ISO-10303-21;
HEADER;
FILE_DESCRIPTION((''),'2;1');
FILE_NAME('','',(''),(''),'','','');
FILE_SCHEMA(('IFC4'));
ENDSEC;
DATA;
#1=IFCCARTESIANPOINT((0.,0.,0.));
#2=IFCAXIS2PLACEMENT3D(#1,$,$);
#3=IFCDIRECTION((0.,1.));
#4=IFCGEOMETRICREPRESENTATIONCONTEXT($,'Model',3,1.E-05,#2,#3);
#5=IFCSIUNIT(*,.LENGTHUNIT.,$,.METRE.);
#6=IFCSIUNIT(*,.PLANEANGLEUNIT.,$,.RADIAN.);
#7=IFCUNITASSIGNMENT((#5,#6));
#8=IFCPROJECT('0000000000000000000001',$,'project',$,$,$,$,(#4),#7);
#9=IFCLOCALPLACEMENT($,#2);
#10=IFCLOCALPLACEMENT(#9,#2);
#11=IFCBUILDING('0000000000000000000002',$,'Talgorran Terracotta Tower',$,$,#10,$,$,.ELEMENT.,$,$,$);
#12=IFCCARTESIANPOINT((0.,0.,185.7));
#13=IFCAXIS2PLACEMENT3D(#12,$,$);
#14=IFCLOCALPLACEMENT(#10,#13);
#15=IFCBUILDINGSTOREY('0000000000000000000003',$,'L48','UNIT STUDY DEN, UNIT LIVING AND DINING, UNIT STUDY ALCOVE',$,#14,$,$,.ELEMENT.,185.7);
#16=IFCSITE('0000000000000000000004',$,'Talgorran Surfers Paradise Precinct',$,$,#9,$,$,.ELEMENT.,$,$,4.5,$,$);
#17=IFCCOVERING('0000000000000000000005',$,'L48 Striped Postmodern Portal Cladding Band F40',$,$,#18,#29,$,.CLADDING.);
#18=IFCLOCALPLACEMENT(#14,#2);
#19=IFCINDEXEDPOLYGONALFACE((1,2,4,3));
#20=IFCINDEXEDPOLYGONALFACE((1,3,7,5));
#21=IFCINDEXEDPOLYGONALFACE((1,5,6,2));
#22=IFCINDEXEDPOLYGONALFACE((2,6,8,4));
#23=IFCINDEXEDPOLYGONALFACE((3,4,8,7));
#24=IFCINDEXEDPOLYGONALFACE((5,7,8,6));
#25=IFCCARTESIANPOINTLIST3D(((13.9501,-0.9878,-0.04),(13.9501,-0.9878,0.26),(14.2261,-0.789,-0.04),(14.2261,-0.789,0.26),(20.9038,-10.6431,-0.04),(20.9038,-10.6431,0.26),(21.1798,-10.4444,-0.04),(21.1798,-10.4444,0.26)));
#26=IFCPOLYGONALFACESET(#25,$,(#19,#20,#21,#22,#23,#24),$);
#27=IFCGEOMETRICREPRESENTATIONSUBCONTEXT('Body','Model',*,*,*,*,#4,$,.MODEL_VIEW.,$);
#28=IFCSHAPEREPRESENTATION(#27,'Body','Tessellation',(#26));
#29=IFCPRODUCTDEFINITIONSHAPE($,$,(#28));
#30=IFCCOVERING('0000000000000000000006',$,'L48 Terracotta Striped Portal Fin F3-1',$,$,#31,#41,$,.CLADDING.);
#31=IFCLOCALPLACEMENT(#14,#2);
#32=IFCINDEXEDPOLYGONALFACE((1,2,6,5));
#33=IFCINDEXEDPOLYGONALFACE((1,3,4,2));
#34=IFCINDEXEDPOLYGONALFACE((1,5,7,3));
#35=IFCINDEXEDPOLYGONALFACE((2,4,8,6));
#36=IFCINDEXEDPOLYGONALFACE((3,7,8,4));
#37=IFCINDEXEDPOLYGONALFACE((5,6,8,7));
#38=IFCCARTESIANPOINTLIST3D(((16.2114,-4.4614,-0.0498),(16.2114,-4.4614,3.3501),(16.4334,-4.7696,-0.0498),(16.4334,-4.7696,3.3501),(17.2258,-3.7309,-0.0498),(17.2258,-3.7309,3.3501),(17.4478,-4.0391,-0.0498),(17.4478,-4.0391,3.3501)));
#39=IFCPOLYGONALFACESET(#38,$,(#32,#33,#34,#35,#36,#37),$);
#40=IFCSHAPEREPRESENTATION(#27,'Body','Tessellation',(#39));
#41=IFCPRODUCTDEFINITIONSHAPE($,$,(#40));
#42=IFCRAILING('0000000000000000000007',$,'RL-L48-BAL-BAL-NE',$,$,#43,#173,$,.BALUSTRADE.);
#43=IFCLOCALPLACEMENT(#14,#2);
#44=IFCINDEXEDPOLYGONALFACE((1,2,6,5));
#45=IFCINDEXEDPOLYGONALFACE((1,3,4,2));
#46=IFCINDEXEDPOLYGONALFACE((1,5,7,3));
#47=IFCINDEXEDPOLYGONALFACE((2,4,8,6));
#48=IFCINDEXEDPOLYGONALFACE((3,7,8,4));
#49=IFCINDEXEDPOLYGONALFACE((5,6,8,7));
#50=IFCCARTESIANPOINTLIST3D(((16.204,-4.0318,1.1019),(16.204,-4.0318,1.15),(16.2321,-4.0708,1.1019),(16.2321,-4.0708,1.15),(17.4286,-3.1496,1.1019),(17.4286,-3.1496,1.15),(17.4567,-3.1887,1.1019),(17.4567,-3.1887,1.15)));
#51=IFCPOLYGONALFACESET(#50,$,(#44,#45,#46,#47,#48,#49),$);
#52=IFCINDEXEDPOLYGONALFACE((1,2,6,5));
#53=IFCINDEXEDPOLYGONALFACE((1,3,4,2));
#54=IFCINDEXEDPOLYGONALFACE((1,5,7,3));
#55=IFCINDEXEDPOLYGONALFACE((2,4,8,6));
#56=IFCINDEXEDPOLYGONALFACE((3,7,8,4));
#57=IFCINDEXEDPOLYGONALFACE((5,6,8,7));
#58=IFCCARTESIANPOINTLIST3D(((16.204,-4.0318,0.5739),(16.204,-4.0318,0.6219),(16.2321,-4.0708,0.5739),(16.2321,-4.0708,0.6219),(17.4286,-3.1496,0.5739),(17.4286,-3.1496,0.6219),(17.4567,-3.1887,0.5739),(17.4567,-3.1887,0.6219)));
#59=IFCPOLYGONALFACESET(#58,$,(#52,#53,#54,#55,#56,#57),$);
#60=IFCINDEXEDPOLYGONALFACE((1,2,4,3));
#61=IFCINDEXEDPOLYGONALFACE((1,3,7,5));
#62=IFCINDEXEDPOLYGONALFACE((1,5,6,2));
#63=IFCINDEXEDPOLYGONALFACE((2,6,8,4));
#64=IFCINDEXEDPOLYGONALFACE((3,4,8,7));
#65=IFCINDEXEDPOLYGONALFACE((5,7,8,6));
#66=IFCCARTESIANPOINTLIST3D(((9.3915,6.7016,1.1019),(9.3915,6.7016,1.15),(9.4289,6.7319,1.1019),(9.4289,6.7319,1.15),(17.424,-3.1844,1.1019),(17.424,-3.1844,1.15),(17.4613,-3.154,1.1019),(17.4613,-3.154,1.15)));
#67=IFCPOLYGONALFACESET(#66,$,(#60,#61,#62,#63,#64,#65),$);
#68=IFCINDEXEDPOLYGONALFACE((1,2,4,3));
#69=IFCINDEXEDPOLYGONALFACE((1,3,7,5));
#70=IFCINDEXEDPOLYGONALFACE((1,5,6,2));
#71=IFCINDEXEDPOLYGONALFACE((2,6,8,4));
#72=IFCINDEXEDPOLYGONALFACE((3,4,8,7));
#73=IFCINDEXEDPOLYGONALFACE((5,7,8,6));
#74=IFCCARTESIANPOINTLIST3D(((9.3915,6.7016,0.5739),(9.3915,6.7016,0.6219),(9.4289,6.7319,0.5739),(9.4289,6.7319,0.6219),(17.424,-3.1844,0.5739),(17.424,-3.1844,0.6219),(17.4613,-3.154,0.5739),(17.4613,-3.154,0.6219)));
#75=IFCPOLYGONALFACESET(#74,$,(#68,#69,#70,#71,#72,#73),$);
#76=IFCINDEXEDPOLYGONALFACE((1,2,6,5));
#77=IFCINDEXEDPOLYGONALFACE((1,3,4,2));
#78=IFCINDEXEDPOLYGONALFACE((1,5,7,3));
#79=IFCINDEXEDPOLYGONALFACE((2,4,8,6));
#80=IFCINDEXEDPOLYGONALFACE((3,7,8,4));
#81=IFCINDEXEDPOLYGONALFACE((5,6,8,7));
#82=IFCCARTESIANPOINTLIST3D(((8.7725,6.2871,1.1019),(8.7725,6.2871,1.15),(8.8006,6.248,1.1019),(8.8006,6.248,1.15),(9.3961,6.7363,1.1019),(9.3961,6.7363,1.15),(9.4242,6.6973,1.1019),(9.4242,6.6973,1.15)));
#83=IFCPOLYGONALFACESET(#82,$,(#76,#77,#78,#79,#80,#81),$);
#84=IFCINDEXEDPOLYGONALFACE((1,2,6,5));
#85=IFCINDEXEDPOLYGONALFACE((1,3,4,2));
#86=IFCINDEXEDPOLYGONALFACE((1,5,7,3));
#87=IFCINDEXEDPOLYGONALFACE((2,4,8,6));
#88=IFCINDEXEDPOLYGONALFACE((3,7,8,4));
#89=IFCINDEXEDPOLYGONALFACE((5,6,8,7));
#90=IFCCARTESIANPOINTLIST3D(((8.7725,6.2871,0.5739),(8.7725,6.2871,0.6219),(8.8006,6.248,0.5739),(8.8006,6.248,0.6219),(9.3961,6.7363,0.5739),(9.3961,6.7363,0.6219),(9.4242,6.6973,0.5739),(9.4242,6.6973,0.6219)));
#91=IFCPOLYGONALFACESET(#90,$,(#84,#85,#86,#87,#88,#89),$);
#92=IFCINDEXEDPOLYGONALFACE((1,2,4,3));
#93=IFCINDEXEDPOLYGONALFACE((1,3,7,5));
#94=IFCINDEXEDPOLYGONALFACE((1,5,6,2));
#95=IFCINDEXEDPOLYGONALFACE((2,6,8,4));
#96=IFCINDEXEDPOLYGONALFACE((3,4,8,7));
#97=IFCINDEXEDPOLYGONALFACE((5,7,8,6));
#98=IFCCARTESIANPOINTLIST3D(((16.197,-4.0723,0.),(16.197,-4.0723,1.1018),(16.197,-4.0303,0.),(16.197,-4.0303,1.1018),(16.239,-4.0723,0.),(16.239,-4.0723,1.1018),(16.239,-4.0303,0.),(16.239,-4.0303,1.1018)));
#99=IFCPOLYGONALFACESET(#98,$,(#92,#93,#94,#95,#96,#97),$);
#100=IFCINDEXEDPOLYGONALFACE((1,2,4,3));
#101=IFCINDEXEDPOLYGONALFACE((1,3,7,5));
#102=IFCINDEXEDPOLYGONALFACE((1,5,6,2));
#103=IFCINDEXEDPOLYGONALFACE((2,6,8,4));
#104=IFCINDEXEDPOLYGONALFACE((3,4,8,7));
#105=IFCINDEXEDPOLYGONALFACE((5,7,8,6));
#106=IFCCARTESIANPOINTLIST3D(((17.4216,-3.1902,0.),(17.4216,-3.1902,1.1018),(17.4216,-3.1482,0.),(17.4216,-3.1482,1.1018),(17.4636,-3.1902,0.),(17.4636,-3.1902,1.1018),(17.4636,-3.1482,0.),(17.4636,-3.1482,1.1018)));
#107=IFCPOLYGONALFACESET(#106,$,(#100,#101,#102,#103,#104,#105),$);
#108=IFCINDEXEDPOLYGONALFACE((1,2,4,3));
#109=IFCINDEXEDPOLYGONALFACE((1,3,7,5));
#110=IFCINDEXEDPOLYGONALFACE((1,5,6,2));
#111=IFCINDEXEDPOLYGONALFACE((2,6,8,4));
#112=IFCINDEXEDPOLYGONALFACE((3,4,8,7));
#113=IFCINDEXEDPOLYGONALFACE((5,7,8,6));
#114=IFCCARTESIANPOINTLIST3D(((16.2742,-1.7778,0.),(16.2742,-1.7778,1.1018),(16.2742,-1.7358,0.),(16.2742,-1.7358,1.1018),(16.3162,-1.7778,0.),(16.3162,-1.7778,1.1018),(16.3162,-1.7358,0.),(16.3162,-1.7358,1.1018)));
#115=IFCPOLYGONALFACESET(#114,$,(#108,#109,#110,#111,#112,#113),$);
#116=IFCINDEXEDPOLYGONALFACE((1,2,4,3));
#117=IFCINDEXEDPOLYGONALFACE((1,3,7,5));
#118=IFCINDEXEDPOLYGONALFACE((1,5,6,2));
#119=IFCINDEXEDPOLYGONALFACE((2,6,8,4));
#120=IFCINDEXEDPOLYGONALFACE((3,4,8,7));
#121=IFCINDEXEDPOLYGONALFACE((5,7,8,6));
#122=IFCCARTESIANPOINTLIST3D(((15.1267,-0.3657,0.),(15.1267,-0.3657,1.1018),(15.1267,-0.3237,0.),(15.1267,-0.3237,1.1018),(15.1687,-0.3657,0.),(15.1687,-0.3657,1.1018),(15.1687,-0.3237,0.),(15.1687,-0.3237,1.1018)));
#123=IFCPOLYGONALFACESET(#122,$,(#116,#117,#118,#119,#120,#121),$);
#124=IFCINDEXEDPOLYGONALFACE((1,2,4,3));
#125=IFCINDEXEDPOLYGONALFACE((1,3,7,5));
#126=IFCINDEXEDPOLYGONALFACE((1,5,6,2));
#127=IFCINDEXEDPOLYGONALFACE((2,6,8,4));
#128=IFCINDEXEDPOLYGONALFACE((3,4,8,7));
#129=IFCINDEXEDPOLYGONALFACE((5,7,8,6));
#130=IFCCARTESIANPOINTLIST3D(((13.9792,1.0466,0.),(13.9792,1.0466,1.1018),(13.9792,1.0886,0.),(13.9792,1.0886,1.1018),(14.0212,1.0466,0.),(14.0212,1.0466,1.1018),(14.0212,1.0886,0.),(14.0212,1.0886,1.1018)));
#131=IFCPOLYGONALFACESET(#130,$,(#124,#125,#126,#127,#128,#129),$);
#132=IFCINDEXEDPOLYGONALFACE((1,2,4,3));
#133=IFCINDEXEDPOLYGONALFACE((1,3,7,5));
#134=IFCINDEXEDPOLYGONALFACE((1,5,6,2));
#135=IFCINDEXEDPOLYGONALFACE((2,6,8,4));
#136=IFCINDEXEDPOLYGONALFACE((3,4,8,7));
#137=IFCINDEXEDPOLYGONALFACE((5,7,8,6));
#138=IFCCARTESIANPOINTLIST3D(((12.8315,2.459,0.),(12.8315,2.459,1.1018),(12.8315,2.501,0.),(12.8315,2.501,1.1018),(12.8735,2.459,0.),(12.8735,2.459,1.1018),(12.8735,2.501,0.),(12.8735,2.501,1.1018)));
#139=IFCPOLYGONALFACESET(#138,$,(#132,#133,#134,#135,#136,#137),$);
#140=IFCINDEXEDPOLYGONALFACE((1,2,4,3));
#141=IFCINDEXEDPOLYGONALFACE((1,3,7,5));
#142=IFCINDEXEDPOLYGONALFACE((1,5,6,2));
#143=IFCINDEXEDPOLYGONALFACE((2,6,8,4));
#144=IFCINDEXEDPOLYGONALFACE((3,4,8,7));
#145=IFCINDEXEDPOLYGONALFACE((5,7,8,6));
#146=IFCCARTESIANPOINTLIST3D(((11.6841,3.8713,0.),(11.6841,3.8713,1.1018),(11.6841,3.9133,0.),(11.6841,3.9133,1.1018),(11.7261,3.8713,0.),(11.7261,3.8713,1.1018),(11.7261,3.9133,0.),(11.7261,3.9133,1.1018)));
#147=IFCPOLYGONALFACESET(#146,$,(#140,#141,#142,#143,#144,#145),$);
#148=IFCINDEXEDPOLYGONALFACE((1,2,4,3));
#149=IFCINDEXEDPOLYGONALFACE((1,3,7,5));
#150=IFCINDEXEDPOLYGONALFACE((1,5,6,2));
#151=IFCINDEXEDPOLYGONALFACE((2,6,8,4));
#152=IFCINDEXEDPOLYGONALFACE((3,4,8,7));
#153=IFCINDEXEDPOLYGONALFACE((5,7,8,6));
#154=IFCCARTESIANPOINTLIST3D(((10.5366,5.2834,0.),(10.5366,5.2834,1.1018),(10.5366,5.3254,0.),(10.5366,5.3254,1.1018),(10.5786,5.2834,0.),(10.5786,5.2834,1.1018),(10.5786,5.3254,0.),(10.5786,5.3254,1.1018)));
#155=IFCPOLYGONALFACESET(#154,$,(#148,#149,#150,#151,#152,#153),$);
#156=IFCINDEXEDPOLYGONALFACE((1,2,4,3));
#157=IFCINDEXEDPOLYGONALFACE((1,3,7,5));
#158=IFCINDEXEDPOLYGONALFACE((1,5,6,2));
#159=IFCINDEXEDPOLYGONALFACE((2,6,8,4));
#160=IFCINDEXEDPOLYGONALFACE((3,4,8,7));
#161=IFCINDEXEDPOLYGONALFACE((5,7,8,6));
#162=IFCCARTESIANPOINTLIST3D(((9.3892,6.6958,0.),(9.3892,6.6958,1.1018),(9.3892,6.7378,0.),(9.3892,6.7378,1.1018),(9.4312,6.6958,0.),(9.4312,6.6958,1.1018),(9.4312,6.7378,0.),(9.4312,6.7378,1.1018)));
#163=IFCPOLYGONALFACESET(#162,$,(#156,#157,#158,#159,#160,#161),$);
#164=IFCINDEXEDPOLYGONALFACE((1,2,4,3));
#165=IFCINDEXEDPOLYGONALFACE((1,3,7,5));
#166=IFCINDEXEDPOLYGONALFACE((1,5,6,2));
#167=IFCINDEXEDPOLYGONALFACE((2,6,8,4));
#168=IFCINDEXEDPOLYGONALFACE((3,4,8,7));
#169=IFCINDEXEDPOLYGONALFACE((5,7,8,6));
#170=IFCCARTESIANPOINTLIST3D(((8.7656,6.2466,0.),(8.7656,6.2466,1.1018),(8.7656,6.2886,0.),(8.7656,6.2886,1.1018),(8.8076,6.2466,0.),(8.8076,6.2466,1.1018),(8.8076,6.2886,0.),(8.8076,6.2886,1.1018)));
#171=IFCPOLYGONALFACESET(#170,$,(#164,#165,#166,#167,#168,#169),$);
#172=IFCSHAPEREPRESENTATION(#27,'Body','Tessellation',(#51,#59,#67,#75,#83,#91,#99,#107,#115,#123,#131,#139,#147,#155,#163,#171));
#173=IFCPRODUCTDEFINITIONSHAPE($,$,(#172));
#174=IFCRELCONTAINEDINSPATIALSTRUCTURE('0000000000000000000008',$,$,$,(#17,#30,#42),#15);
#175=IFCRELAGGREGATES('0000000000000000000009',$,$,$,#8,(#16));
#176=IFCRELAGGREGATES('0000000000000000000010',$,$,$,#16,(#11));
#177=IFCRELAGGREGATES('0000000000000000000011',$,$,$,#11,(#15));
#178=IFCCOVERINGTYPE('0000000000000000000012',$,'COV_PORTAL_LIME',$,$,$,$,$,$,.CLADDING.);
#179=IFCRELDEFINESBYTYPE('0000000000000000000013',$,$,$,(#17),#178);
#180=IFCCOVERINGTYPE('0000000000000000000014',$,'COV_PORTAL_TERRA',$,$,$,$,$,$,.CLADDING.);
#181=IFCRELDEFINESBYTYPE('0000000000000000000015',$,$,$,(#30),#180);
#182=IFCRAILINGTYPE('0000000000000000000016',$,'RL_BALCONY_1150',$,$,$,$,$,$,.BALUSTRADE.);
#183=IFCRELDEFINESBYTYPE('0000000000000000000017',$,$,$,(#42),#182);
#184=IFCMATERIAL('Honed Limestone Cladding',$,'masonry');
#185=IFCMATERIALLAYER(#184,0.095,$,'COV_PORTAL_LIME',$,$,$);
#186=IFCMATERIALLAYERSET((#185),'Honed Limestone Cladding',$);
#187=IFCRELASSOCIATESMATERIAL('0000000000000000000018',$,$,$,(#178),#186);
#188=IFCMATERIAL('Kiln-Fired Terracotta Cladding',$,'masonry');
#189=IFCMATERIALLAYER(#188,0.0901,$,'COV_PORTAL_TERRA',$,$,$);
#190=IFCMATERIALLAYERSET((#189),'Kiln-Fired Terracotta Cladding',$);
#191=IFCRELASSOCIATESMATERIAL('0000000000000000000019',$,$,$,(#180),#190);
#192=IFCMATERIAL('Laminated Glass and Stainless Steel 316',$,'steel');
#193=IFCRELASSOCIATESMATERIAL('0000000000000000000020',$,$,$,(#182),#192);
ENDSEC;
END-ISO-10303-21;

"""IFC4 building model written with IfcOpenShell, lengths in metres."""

from ifc_helpers import new_model, si_unit, direction, frame, origin, origin_2d, place, context, subcontext, project, spatial, rectangle, extrude, material, layer, layer_set, type_object, element, save


model = new_model("IFC4")

# Units and contexts
model_context = context("Model", 3, precision=1e-05, world=origin(), true_north=direction((0.0, 1.0)))
body_context = subcontext(model_context, "Body", "Model", "MODEL_VIEW")
ifc_project = project(units=[si_unit("LENGTHUNIT", "METRE"), si_unit("PLANEANGLEUNIT", "RADIAN")], contexts=[model_context])

# Site, building, storey
site_placement = place(None, origin())
site = spatial("IfcSite", under=ifc_project, at=site_placement, Name="Talgorran Surfers Paradise Precinct", CompositionType="ELEMENT", RefElevation=4.5)
building_placement = place(site_placement, origin())
building = spatial("IfcBuilding", under=site, at=building_placement, Name="Talgorran Terracotta Tower", CompositionType="ELEMENT")
storey_placement = place(building_placement, frame((0.0, 0.0, 185.7)))
storey = spatial("IfcBuildingStorey", under=building, at=storey_placement, Name="L48", Description="UNIT STUDY DEN, UNIT LIVING AND DINING, UNIT STUDY ALCOVE", CompositionType="ELEMENT", Elevation=185.7)

# Coverings
ifc_material_1 = material(Name="Honed Limestone Cladding", Category="masonry")
ifc_layer_1 = layer(ifc_material_1, 0.095, Name="COV_PORTAL_LIME")
ifc_layer_set_1 = layer_set([ifc_layer_1], Name="Honed Limestone Cladding")
covering_type_1 = type_object("IfcCoveringType", Name="COV_PORTAL_LIME", PredefinedType="CLADDING", material=ifc_layer_set_1)
covering_1_placement = place(storey_placement, frame((17.5649, -5.7161, -0.04), z_axis=(0.0, 0.0, 1.0), x_axis=(-0.584405, 0.811462, 0.0)))
element("IfcCovering", 1, at=covering_1_placement, inside=storey, type_object=covering_type_1, Name="L48 Striped Postmodern Portal Cladding Band F40", PredefinedType="CLADDING", context=body_context, shape_type="SweptSolid", body=[
    extrude(rectangle(XDim=11.8987, YDim=0.3401, at=origin_2d()), origin(), (0.0, 0.0, 1.0), 0.3),
])
ifc_material_2 = material(Name="Kiln-Fired Terracotta Cladding", Category="masonry")
ifc_layer_2 = layer(ifc_material_2, 0.0901, Name="COV_PORTAL_TERRA")
ifc_layer_set_2 = layer_set([ifc_layer_2], Name="Kiln-Fired Terracotta Cladding")
covering_type_2 = type_object("IfcCoveringType", Name="COV_PORTAL_TERRA", PredefinedType="CLADDING", material=ifc_layer_set_2)
covering_2_placement = place(storey_placement, frame((16.8296, -4.2502, -0.0498), z_axis=(0.0, 0.0, 1.0), x_axis=(-0.584405, 0.811462, 0.0)))
element("IfcCovering", 2, at=covering_2_placement, inside=storey, type_object=covering_type_2, Name="L48 Terracotta Striped Portal Fin F3-1", PredefinedType="CLADDING", context=body_context, shape_type="SweptSolid", body=[
    extrude(rectangle(XDim=0.3799, YDim=1.25, at=origin_2d()), origin(), (0.0, 0.0, 1.0), 3.3999),
])

# Railing
ifc_material_3 = material(Name="Laminated Glass and Stainless Steel 316", Category="steel")
railing_type = type_object("IfcRailingType", Name="RL_BALCONY_1150", PredefinedType="BALUSTRADE", material=ifc_material_3)
railing_placement = place(storey_placement, frame((16.218, -4.0513, 0.0)))
element("IfcRailing", 3, at=railing_placement, inside=storey, type_object=railing_type, Name="RL-L48-BAL-BAL-NE", PredefinedType="BALUSTRADE", context=body_context, shape_type="SweptSolid", body=[
    extrude(rectangle(XDim=0.0481, YDim=0.0481, at=origin_2d()), frame((0.0, 0.0, 1.126), z_axis=(0.811421, 0.584462, 0.0), x_axis=(-0.584462, 0.811421, 0.0)), (0.0, 0.0, 1.0), 1.5093),
    extrude(rectangle(XDim=0.0481, YDim=0.0481, at=origin_2d()), frame((0.0, 0.0, 0.5979), z_axis=(0.811421, 0.584462, 0.0), x_axis=(-0.584462, 0.811421, 0.0)), (0.0, 0.0, 1.0), 1.5093),
    extrude(rectangle(XDim=0.0481, YDim=0.0481, at=origin_2d()), frame((1.2246, 0.8821, 1.126), z_axis=(-0.630598, 0.77611, 0.0), x_axis=(-0.77611, -0.630598, 0.0)), (0.0, 0.0, 1.0), 12.7378),
    extrude(rectangle(XDim=0.0481, YDim=0.0481, at=origin_2d()), frame((1.2246, 0.8821, 0.5979), z_axis=(-0.630598, 0.77611, 0.0), x_axis=(-0.77611, -0.630598, 0.0)), (0.0, 0.0, 1.0), 12.7378),
    extrude(rectangle(XDim=0.0481, YDim=0.0481, at=origin_2d()), frame((-6.8079, 10.7681, 1.126), z_axis=(-0.811366, -0.584539, 0.0), x_axis=(0.584539, -0.811366, 0.0)), (0.0, 0.0, 1.0), 0.7686),
    extrude(rectangle(XDim=0.0481, YDim=0.0481, at=origin_2d()), frame((-6.8079, 10.7681, 0.5979), z_axis=(-0.811366, -0.584539, 0.0), x_axis=(0.584539, -0.811366, 0.0)), (0.0, 0.0, 1.0), 0.7686),
    extrude(rectangle(XDim=0.042, YDim=0.042, at=origin_2d()), origin(), (0.0, 0.0, 1.0), 1.1018),
    extrude(rectangle(XDim=0.042, YDim=0.042, at=origin_2d()), frame((1.2246, 0.8821, 0.0)), (0.0, 0.0, 1.0), 1.1018),
    extrude(rectangle(XDim=0.042, YDim=0.042, at=origin_2d()), frame((0.0771, 2.2944, 0.0)), (0.0, 0.0, 1.0), 1.1018),
    extrude(rectangle(XDim=0.042, YDim=0.042, at=origin_2d()), frame((-1.0703, 3.7065, 0.0)), (0.0, 0.0, 1.0), 1.1018),
    extrude(rectangle(XDim=0.042, YDim=0.042, at=origin_2d()), frame((-2.2178, 5.1189, 0.0)), (0.0, 0.0, 1.0), 1.1018),
    extrude(rectangle(XDim=0.042, YDim=0.042, at=origin_2d()), frame((-3.3655, 6.5312, 0.0)), (0.0, 0.0, 1.0), 1.1018),
    extrude(rectangle(XDim=0.042, YDim=0.042, at=origin_2d()), frame((-4.5129, 7.9436, 0.0)), (0.0, 0.0, 1.0), 1.1018),
    extrude(rectangle(XDim=0.042, YDim=0.042, at=origin_2d()), frame((-5.6604, 9.3557, 0.0)), (0.0, 0.0, 1.0), 1.1018),
    extrude(rectangle(XDim=0.042, YDim=0.042, at=origin_2d()), frame((-6.8079, 10.7681, 0.0)), (0.0, 0.0, 1.0), 1.1018),
    extrude(rectangle(XDim=0.042, YDim=0.042, at=origin_2d()), frame((-7.4314, 10.3188, 0.0)), (0.0, 0.0, 1.0), 1.1018),
])

save(model, "model.ifc")
